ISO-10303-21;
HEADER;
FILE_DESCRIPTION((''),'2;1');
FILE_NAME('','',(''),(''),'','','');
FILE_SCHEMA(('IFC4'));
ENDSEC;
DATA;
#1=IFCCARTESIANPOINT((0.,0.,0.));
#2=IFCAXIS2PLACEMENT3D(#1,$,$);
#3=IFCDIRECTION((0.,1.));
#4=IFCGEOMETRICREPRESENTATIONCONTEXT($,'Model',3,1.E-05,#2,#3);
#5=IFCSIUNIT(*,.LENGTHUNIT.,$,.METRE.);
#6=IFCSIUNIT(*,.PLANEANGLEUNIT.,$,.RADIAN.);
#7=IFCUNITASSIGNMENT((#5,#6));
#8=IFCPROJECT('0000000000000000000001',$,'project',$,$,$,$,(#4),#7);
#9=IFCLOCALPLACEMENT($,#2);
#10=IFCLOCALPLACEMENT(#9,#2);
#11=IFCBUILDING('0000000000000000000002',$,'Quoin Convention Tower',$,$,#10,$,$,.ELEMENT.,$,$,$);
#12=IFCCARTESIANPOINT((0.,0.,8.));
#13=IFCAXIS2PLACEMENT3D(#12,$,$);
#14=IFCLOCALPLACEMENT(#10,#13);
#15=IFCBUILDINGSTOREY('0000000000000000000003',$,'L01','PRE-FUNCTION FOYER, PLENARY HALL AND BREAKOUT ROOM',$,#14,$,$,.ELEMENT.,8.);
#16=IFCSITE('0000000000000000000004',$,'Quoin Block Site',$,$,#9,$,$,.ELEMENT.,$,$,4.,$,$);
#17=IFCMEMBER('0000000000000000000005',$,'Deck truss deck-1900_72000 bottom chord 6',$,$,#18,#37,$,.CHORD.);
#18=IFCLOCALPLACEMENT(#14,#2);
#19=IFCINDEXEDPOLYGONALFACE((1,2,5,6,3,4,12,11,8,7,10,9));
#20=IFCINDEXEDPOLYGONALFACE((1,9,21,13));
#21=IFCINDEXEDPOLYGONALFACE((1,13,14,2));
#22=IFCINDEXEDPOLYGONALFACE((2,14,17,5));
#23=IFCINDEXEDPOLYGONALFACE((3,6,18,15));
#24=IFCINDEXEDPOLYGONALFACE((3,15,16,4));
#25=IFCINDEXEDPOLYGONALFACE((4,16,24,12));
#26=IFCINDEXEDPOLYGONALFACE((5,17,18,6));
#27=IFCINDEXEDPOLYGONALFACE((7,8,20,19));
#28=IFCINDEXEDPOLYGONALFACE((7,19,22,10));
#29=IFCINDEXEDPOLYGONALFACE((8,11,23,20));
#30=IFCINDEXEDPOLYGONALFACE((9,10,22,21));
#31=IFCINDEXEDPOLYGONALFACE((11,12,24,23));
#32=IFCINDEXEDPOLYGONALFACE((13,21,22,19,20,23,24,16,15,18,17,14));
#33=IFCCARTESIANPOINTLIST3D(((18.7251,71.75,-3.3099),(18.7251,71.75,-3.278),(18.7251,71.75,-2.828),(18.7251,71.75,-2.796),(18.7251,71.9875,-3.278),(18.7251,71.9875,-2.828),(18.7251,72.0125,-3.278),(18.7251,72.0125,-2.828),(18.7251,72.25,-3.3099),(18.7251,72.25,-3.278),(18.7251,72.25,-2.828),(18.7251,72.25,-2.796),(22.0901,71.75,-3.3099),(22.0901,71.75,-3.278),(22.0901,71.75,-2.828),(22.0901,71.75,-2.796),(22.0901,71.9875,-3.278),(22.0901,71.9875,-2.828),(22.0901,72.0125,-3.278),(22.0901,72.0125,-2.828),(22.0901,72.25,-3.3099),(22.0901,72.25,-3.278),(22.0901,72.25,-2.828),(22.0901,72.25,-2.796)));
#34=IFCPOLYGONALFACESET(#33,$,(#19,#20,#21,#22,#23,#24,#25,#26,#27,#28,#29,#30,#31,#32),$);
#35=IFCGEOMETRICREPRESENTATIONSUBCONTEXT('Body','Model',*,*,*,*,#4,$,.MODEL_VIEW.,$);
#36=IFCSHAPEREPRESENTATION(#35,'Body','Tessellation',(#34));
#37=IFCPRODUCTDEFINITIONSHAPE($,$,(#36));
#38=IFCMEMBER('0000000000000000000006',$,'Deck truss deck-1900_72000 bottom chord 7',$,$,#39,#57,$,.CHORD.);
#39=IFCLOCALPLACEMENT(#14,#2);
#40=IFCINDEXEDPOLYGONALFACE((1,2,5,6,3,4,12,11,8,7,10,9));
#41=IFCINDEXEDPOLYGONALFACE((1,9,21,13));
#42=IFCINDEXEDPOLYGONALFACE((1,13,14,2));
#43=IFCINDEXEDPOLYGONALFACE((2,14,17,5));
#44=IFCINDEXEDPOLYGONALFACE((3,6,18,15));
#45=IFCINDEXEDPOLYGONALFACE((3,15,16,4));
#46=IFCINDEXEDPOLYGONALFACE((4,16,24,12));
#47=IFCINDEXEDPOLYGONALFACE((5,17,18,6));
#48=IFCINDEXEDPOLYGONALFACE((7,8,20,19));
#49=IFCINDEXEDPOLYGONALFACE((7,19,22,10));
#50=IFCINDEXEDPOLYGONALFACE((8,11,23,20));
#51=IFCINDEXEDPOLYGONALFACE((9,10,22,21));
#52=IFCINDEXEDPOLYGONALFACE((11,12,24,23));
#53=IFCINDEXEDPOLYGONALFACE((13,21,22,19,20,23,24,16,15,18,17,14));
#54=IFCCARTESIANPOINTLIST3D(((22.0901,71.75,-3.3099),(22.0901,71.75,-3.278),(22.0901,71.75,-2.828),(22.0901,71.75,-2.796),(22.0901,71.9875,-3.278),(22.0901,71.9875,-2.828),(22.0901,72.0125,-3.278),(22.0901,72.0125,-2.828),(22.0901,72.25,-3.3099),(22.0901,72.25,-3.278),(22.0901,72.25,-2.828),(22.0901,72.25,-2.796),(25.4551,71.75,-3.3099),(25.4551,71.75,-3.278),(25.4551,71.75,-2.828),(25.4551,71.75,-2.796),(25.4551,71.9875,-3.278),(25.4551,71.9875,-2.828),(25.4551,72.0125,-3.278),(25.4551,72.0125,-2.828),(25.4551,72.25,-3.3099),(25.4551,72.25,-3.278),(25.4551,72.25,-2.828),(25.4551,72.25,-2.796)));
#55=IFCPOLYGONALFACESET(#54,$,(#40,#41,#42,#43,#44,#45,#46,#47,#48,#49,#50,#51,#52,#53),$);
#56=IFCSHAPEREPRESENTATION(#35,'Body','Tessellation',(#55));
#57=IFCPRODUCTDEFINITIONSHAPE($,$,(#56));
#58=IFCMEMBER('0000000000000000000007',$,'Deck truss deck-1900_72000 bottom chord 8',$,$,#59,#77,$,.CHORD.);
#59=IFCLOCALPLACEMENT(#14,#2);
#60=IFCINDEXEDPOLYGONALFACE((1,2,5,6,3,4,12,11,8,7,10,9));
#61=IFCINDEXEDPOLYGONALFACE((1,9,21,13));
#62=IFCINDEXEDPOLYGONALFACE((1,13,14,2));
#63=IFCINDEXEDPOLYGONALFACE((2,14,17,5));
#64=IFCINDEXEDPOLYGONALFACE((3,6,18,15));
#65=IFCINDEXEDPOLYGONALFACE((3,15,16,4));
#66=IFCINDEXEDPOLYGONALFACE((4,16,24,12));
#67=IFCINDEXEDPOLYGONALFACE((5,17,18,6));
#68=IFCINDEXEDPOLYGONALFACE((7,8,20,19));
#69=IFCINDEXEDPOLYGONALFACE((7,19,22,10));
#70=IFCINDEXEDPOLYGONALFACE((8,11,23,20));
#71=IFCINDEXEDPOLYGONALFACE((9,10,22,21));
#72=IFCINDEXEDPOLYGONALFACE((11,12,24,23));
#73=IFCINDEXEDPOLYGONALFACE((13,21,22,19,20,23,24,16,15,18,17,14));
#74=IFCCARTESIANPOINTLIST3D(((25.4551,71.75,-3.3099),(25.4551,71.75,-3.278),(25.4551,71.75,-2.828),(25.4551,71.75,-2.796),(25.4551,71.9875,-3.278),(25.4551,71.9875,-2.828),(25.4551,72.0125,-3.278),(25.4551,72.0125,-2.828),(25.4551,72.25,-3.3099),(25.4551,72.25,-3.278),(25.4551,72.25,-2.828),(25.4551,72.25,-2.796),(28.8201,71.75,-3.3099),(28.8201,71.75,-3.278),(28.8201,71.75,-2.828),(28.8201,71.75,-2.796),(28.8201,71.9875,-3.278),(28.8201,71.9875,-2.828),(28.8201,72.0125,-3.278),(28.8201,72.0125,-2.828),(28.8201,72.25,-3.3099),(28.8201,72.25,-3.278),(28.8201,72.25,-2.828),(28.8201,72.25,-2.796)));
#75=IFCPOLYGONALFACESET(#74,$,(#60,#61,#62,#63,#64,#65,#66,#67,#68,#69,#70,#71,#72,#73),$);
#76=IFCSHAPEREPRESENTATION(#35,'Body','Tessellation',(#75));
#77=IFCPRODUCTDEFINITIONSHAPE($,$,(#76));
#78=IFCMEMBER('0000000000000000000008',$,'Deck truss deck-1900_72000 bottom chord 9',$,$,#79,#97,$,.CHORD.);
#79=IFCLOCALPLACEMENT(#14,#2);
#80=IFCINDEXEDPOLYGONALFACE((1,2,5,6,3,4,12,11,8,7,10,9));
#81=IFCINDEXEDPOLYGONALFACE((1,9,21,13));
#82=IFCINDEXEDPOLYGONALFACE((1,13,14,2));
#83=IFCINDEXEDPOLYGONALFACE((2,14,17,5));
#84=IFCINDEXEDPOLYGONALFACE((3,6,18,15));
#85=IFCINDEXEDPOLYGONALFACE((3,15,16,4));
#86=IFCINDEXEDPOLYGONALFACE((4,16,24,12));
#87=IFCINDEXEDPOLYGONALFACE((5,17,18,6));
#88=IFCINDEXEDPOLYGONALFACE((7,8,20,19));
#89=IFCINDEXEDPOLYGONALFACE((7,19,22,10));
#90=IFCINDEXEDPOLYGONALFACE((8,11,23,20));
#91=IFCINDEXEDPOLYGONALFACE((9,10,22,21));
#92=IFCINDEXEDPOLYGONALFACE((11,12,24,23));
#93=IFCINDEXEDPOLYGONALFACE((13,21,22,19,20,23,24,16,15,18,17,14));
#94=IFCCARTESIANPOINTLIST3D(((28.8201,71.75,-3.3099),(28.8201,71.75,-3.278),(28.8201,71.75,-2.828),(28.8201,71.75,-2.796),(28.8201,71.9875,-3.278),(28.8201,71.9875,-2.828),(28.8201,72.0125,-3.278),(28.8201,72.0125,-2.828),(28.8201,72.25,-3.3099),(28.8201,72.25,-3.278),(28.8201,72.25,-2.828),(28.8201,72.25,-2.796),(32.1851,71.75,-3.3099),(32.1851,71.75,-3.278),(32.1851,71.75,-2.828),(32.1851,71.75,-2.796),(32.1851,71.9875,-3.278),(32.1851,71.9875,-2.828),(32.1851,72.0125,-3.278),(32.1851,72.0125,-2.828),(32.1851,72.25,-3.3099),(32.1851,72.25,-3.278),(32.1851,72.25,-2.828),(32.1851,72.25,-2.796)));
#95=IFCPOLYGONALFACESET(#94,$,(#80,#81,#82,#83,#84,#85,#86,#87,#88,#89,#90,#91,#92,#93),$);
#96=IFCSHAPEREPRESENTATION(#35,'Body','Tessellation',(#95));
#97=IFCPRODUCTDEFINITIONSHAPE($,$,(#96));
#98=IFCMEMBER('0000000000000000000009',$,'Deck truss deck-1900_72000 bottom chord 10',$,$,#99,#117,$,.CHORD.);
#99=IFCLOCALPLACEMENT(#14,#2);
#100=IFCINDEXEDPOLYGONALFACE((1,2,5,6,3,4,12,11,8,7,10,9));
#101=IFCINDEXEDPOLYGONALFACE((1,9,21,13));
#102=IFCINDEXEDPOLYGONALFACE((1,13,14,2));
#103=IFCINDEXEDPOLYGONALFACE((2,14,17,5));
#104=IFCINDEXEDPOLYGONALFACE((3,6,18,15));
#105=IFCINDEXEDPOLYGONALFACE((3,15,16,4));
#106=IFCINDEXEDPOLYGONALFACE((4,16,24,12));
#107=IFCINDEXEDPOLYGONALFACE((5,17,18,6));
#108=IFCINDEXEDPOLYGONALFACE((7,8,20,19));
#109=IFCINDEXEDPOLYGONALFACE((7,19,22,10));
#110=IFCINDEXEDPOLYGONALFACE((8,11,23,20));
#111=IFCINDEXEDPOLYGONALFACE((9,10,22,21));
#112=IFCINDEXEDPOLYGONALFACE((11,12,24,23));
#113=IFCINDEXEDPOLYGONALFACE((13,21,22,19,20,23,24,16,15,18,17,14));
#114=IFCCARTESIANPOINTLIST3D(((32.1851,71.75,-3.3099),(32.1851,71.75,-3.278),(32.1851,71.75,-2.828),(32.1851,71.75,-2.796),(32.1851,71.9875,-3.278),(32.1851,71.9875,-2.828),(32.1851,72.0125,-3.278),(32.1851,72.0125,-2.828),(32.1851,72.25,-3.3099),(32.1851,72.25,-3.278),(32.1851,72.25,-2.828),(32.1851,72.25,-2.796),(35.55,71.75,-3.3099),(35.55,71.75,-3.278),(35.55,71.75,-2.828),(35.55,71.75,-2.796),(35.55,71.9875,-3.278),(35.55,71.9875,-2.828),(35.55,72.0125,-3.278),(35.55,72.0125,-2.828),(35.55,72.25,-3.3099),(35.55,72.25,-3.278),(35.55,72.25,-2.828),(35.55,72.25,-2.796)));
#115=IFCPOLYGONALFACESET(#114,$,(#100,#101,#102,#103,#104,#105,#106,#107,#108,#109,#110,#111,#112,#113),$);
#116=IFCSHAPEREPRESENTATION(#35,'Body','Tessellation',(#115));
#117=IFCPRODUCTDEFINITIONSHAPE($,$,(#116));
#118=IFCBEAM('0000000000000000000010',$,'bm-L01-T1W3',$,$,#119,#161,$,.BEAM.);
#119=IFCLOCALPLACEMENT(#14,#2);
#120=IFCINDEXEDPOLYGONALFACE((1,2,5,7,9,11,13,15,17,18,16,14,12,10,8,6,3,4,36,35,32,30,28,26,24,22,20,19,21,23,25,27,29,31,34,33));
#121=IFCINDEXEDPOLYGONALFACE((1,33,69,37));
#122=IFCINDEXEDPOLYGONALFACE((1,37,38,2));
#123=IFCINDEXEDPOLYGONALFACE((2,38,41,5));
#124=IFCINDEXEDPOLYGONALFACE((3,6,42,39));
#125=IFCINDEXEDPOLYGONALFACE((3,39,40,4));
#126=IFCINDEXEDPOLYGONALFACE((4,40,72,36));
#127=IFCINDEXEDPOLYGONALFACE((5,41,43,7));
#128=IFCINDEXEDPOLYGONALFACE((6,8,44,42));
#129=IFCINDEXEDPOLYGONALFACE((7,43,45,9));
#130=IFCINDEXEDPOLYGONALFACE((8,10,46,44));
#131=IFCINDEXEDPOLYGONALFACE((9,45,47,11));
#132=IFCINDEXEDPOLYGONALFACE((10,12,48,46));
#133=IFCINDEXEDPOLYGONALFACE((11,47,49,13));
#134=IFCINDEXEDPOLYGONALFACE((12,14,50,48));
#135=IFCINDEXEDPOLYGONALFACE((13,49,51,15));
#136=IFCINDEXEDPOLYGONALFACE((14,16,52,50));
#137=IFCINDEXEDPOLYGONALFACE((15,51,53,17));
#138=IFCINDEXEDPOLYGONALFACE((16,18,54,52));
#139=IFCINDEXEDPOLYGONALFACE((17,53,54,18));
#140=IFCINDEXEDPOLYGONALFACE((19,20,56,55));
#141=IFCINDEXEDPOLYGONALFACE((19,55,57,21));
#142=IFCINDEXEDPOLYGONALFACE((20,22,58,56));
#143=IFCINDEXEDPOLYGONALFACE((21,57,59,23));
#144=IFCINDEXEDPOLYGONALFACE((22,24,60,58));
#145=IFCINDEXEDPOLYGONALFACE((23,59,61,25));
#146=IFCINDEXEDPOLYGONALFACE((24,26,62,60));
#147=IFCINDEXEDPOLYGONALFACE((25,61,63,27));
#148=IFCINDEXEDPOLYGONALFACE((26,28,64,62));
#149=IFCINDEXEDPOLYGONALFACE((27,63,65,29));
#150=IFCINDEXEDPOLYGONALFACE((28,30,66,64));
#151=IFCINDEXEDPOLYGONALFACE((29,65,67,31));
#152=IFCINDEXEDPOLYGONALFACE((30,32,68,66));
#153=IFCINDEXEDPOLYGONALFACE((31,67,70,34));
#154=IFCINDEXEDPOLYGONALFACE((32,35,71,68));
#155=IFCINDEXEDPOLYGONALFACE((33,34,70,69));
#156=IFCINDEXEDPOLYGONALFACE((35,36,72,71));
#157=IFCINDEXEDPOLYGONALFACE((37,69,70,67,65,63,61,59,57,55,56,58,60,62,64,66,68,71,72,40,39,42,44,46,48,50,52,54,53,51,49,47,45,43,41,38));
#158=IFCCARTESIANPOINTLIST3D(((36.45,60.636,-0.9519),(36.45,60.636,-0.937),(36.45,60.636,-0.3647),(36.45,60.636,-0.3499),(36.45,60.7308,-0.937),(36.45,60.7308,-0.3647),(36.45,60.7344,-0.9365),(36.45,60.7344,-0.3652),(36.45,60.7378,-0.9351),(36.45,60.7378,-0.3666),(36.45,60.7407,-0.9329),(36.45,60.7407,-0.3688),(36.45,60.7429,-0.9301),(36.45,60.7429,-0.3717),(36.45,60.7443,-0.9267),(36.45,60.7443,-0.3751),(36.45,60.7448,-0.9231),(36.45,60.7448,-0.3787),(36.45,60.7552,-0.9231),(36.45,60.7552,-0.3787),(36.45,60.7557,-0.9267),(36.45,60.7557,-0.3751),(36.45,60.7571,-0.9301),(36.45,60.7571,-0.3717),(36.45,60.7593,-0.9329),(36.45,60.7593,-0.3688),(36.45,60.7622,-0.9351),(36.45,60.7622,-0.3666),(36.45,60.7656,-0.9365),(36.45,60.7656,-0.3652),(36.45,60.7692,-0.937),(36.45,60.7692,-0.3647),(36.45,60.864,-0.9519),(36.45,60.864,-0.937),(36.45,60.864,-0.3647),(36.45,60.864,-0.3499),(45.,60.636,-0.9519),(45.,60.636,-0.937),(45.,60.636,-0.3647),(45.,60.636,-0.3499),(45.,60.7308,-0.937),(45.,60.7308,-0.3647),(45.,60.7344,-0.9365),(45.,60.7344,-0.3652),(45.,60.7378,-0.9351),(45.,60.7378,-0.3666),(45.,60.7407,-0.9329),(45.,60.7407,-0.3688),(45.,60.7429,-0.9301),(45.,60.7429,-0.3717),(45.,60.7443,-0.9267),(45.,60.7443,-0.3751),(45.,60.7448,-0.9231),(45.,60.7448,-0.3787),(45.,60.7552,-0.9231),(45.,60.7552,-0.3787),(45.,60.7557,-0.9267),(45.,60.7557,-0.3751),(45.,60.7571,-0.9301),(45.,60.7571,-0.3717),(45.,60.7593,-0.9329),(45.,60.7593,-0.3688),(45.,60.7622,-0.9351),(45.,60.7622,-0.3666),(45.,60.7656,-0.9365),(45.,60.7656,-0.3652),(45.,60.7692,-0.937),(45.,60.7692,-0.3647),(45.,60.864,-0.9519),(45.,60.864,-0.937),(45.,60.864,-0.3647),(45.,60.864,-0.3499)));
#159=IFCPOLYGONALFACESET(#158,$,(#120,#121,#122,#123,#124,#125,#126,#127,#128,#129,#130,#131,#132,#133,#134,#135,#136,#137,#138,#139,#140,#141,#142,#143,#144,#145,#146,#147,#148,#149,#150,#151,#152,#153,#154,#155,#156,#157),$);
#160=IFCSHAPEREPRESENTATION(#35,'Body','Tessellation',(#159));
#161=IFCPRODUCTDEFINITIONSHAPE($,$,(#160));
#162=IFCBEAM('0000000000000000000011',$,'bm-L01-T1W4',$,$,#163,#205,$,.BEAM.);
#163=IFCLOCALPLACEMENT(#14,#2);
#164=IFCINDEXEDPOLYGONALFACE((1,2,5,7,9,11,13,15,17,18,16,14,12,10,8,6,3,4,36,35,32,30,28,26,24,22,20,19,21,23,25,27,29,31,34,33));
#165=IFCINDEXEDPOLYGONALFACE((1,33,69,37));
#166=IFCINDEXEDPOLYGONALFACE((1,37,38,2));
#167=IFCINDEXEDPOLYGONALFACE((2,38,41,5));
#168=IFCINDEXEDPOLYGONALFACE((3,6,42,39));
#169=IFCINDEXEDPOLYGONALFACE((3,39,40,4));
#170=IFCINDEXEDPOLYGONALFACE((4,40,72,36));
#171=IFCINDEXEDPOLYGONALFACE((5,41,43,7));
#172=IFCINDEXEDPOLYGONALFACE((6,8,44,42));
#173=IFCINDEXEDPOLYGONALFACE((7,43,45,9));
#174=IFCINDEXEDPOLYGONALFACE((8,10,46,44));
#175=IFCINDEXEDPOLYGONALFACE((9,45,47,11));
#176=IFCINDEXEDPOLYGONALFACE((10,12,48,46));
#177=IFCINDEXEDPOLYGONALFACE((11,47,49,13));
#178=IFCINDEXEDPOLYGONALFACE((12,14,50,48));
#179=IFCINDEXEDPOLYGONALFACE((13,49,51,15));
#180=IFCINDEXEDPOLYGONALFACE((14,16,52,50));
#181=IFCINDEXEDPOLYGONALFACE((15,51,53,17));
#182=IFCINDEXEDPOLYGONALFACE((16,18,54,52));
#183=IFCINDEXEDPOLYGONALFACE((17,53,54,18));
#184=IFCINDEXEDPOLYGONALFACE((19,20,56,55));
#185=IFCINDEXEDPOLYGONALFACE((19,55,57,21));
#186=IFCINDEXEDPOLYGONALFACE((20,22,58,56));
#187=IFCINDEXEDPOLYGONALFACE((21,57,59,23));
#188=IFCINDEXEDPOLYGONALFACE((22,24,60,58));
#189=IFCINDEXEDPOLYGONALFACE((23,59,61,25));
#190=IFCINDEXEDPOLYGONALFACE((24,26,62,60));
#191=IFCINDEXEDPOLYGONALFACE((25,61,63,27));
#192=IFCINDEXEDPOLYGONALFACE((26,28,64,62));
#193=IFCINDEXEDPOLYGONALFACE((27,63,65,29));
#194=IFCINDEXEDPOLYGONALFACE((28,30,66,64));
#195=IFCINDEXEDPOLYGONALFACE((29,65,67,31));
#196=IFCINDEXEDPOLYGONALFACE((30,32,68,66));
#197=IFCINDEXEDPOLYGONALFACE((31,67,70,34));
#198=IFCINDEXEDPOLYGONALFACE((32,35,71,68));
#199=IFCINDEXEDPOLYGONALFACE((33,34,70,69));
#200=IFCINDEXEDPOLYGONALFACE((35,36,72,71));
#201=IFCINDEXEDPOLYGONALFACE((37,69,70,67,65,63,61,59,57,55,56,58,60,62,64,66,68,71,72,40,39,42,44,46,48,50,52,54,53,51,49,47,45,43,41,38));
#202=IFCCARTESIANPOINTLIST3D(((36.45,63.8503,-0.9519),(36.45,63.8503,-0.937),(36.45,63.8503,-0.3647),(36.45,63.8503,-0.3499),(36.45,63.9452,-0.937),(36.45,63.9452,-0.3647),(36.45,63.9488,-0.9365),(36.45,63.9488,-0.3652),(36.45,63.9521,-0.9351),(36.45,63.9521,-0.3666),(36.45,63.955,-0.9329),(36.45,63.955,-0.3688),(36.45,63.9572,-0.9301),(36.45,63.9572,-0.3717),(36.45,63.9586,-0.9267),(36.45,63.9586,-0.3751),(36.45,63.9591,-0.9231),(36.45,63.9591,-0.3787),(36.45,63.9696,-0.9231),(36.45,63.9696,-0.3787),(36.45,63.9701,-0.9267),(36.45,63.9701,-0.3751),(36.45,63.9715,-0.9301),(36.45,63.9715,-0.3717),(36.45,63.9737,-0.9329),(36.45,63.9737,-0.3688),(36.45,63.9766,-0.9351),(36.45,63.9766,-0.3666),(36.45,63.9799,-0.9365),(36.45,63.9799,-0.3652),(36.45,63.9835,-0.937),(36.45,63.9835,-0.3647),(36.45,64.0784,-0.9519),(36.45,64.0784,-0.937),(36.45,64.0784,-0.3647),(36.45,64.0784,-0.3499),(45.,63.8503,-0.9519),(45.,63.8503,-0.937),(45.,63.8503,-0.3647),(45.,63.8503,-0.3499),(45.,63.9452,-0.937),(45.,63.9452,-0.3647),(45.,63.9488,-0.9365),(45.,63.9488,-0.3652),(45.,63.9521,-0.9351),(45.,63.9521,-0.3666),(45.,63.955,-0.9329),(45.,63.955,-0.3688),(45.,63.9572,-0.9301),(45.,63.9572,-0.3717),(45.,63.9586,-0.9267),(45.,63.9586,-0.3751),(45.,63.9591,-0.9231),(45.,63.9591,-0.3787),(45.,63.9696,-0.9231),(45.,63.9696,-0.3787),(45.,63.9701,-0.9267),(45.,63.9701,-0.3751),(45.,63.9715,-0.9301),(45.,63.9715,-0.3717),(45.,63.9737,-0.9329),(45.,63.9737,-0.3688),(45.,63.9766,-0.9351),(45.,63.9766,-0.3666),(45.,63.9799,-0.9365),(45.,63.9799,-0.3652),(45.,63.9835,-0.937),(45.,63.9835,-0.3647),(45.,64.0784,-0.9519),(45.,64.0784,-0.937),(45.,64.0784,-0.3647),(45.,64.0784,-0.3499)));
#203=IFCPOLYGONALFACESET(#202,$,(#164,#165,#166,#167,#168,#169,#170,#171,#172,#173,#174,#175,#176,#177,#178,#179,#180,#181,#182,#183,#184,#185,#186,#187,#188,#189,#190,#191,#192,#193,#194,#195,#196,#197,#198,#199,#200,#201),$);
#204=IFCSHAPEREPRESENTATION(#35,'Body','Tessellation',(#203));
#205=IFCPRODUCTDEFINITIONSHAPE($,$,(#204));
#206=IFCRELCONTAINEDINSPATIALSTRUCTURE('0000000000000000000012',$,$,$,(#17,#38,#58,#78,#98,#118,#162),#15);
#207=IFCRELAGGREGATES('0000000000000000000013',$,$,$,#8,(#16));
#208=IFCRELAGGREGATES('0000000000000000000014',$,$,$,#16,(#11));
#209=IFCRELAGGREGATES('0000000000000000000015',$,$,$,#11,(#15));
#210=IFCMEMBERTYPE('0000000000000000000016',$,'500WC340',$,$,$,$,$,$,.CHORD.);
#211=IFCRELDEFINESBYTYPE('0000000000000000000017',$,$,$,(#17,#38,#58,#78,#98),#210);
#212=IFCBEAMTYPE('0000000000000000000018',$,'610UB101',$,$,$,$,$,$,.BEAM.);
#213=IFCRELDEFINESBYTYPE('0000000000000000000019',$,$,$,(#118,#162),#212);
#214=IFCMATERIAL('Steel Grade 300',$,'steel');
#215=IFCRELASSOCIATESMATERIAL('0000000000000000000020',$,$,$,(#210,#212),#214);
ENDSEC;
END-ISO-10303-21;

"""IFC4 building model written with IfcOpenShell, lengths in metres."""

from ifc_helpers import new_model, si_unit, direction, frame, origin, origin_2d, place, context, subcontext, project, spatial, i_section, extrude, material, material_profile, profile_set, type_object, element, save


model = new_model("IFC4")

# Units and contexts
model_context = context("Model", 3, precision=1e-05, world=origin(), true_north=direction((0.0, 1.0)))
body_context = subcontext(model_context, "Body", "Model", "MODEL_VIEW")
ifc_project = project(units=[si_unit("LENGTHUNIT", "METRE"), si_unit("PLANEANGLEUNIT", "RADIAN")], contexts=[model_context])

# Site, building, storey
site_placement = place(None, origin())
site = spatial("IfcSite", under=ifc_project, at=site_placement, Name="Quoin Block Site", CompositionType="ELEMENT", RefElevation=4.0)
building_placement = place(site_placement, origin())
building = spatial("IfcBuilding", under=site, at=building_placement, Name="Quoin Convention Tower", CompositionType="ELEMENT")
storey_placement = place(building_placement, frame((0.0, 0.0, 8.0)))
storey = spatial("IfcBuildingStorey", under=building, at=storey_placement, Name="L01", Description="PRE-FUNCTION FOYER, PLENARY HALL AND BREAKOUT ROOM", CompositionType="ELEMENT", Elevation=8.0)

# Members
ifc_material_1 = material(Name="Steel Grade 300", Category="steel")
ifc_material_profile_1 = material_profile(ifc_material_1, i_section(OverallWidth=0.5, OverallDepth=0.5139, WebThickness=0.0249, FlangeThickness=0.032, at=origin_2d()), Name="500WC340")
ifc_profile_set_1 = profile_set([ifc_material_profile_1], Name="Steel Grade 300")
member_type_1 = type_object("IfcMemberType", Name="500WC340", PredefinedType="CHORD", material=ifc_profile_set_1)
for number, where, z_axis, x_axis, name in (
    (1, (18.7251, 72.0, -3.053), (1.0, 0.0, 0.0), (0.0, 1.0, 0.0), "Deck truss deck-1900_72000 bottom chord 6"),
    (2, (22.0901, 72.0, -3.053), (1.0, 0.0, 0.0), (0.0, 1.0, 0.0), "Deck truss deck-1900_72000 bottom chord 7"),
    (3, (25.4551, 72.0, -3.053), (1.0, 0.0, 0.0), (0.0, 1.0, 0.0), "Deck truss deck-1900_72000 bottom chord 8"),
    (4, (28.8201, 72.0, -3.053), (1.0, 0.0, 0.0), (0.0, 1.0, 0.0), "Deck truss deck-1900_72000 bottom chord 9"),
    (5, (32.1851, 72.0, -3.053), (1.0, 0.0, 0.0), (0.0, 1.0, 0.0), "Deck truss deck-1900_72000 bottom chord 10"),
):
    element("IfcMember", number, at=place(storey_placement, frame(where, z_axis=z_axis, x_axis=x_axis)), inside=storey, type_object=member_type_1, Name=name, PredefinedType="CHORD", context=body_context, shape_type="SweptSolid", body=[
        extrude(i_section(OverallWidth=0.5, OverallDepth=0.5139, WebThickness=0.0249, FlangeThickness=0.032, at=origin_2d()), origin(), (0.0, 0.0, 1.0), 3.365),
    ])

# Beams
ifc_material_profile_2 = material_profile(ifc_material_1, i_section(OverallWidth=0.228, OverallDepth=0.6021, WebThickness=0.0105, FlangeThickness=0.0149, FilletRadius=0.0139, at=origin_2d()), Name="610UB101")
ifc_profile_set_2 = profile_set([ifc_material_profile_2], Name="Steel Grade 300")
beam_type_1 = type_object("IfcBeamType", Name="610UB101", PredefinedType="BEAM", material=ifc_profile_set_2)
for number, where, z_axis, x_axis, name in (
    (6, (36.45, 60.75, -0.6509), (1.0, 0.0, 0.0), (0.0, 1.0, 0.0), "bm-L01-T1W3"),
    (7, (36.45, 63.9644, -0.6509), (1.0, 0.0, 0.0), (0.0, 1.0, 0.0), "bm-L01-T1W4"),
):
    element("IfcBeam", number, at=place(storey_placement, frame(where, z_axis=z_axis, x_axis=x_axis)), inside=storey, type_object=beam_type_1, Name=name, PredefinedType="BEAM", context=body_context, shape_type="SweptSolid", body=[
        extrude(i_section(OverallWidth=0.228, OverallDepth=0.6021, WebThickness=0.0105, FlangeThickness=0.0149, FilletRadius=0.0139, at=origin_2d()), origin(), (0.0, 0.0, 1.0), 8.55),
    ])

save(model, "model.ifc")
